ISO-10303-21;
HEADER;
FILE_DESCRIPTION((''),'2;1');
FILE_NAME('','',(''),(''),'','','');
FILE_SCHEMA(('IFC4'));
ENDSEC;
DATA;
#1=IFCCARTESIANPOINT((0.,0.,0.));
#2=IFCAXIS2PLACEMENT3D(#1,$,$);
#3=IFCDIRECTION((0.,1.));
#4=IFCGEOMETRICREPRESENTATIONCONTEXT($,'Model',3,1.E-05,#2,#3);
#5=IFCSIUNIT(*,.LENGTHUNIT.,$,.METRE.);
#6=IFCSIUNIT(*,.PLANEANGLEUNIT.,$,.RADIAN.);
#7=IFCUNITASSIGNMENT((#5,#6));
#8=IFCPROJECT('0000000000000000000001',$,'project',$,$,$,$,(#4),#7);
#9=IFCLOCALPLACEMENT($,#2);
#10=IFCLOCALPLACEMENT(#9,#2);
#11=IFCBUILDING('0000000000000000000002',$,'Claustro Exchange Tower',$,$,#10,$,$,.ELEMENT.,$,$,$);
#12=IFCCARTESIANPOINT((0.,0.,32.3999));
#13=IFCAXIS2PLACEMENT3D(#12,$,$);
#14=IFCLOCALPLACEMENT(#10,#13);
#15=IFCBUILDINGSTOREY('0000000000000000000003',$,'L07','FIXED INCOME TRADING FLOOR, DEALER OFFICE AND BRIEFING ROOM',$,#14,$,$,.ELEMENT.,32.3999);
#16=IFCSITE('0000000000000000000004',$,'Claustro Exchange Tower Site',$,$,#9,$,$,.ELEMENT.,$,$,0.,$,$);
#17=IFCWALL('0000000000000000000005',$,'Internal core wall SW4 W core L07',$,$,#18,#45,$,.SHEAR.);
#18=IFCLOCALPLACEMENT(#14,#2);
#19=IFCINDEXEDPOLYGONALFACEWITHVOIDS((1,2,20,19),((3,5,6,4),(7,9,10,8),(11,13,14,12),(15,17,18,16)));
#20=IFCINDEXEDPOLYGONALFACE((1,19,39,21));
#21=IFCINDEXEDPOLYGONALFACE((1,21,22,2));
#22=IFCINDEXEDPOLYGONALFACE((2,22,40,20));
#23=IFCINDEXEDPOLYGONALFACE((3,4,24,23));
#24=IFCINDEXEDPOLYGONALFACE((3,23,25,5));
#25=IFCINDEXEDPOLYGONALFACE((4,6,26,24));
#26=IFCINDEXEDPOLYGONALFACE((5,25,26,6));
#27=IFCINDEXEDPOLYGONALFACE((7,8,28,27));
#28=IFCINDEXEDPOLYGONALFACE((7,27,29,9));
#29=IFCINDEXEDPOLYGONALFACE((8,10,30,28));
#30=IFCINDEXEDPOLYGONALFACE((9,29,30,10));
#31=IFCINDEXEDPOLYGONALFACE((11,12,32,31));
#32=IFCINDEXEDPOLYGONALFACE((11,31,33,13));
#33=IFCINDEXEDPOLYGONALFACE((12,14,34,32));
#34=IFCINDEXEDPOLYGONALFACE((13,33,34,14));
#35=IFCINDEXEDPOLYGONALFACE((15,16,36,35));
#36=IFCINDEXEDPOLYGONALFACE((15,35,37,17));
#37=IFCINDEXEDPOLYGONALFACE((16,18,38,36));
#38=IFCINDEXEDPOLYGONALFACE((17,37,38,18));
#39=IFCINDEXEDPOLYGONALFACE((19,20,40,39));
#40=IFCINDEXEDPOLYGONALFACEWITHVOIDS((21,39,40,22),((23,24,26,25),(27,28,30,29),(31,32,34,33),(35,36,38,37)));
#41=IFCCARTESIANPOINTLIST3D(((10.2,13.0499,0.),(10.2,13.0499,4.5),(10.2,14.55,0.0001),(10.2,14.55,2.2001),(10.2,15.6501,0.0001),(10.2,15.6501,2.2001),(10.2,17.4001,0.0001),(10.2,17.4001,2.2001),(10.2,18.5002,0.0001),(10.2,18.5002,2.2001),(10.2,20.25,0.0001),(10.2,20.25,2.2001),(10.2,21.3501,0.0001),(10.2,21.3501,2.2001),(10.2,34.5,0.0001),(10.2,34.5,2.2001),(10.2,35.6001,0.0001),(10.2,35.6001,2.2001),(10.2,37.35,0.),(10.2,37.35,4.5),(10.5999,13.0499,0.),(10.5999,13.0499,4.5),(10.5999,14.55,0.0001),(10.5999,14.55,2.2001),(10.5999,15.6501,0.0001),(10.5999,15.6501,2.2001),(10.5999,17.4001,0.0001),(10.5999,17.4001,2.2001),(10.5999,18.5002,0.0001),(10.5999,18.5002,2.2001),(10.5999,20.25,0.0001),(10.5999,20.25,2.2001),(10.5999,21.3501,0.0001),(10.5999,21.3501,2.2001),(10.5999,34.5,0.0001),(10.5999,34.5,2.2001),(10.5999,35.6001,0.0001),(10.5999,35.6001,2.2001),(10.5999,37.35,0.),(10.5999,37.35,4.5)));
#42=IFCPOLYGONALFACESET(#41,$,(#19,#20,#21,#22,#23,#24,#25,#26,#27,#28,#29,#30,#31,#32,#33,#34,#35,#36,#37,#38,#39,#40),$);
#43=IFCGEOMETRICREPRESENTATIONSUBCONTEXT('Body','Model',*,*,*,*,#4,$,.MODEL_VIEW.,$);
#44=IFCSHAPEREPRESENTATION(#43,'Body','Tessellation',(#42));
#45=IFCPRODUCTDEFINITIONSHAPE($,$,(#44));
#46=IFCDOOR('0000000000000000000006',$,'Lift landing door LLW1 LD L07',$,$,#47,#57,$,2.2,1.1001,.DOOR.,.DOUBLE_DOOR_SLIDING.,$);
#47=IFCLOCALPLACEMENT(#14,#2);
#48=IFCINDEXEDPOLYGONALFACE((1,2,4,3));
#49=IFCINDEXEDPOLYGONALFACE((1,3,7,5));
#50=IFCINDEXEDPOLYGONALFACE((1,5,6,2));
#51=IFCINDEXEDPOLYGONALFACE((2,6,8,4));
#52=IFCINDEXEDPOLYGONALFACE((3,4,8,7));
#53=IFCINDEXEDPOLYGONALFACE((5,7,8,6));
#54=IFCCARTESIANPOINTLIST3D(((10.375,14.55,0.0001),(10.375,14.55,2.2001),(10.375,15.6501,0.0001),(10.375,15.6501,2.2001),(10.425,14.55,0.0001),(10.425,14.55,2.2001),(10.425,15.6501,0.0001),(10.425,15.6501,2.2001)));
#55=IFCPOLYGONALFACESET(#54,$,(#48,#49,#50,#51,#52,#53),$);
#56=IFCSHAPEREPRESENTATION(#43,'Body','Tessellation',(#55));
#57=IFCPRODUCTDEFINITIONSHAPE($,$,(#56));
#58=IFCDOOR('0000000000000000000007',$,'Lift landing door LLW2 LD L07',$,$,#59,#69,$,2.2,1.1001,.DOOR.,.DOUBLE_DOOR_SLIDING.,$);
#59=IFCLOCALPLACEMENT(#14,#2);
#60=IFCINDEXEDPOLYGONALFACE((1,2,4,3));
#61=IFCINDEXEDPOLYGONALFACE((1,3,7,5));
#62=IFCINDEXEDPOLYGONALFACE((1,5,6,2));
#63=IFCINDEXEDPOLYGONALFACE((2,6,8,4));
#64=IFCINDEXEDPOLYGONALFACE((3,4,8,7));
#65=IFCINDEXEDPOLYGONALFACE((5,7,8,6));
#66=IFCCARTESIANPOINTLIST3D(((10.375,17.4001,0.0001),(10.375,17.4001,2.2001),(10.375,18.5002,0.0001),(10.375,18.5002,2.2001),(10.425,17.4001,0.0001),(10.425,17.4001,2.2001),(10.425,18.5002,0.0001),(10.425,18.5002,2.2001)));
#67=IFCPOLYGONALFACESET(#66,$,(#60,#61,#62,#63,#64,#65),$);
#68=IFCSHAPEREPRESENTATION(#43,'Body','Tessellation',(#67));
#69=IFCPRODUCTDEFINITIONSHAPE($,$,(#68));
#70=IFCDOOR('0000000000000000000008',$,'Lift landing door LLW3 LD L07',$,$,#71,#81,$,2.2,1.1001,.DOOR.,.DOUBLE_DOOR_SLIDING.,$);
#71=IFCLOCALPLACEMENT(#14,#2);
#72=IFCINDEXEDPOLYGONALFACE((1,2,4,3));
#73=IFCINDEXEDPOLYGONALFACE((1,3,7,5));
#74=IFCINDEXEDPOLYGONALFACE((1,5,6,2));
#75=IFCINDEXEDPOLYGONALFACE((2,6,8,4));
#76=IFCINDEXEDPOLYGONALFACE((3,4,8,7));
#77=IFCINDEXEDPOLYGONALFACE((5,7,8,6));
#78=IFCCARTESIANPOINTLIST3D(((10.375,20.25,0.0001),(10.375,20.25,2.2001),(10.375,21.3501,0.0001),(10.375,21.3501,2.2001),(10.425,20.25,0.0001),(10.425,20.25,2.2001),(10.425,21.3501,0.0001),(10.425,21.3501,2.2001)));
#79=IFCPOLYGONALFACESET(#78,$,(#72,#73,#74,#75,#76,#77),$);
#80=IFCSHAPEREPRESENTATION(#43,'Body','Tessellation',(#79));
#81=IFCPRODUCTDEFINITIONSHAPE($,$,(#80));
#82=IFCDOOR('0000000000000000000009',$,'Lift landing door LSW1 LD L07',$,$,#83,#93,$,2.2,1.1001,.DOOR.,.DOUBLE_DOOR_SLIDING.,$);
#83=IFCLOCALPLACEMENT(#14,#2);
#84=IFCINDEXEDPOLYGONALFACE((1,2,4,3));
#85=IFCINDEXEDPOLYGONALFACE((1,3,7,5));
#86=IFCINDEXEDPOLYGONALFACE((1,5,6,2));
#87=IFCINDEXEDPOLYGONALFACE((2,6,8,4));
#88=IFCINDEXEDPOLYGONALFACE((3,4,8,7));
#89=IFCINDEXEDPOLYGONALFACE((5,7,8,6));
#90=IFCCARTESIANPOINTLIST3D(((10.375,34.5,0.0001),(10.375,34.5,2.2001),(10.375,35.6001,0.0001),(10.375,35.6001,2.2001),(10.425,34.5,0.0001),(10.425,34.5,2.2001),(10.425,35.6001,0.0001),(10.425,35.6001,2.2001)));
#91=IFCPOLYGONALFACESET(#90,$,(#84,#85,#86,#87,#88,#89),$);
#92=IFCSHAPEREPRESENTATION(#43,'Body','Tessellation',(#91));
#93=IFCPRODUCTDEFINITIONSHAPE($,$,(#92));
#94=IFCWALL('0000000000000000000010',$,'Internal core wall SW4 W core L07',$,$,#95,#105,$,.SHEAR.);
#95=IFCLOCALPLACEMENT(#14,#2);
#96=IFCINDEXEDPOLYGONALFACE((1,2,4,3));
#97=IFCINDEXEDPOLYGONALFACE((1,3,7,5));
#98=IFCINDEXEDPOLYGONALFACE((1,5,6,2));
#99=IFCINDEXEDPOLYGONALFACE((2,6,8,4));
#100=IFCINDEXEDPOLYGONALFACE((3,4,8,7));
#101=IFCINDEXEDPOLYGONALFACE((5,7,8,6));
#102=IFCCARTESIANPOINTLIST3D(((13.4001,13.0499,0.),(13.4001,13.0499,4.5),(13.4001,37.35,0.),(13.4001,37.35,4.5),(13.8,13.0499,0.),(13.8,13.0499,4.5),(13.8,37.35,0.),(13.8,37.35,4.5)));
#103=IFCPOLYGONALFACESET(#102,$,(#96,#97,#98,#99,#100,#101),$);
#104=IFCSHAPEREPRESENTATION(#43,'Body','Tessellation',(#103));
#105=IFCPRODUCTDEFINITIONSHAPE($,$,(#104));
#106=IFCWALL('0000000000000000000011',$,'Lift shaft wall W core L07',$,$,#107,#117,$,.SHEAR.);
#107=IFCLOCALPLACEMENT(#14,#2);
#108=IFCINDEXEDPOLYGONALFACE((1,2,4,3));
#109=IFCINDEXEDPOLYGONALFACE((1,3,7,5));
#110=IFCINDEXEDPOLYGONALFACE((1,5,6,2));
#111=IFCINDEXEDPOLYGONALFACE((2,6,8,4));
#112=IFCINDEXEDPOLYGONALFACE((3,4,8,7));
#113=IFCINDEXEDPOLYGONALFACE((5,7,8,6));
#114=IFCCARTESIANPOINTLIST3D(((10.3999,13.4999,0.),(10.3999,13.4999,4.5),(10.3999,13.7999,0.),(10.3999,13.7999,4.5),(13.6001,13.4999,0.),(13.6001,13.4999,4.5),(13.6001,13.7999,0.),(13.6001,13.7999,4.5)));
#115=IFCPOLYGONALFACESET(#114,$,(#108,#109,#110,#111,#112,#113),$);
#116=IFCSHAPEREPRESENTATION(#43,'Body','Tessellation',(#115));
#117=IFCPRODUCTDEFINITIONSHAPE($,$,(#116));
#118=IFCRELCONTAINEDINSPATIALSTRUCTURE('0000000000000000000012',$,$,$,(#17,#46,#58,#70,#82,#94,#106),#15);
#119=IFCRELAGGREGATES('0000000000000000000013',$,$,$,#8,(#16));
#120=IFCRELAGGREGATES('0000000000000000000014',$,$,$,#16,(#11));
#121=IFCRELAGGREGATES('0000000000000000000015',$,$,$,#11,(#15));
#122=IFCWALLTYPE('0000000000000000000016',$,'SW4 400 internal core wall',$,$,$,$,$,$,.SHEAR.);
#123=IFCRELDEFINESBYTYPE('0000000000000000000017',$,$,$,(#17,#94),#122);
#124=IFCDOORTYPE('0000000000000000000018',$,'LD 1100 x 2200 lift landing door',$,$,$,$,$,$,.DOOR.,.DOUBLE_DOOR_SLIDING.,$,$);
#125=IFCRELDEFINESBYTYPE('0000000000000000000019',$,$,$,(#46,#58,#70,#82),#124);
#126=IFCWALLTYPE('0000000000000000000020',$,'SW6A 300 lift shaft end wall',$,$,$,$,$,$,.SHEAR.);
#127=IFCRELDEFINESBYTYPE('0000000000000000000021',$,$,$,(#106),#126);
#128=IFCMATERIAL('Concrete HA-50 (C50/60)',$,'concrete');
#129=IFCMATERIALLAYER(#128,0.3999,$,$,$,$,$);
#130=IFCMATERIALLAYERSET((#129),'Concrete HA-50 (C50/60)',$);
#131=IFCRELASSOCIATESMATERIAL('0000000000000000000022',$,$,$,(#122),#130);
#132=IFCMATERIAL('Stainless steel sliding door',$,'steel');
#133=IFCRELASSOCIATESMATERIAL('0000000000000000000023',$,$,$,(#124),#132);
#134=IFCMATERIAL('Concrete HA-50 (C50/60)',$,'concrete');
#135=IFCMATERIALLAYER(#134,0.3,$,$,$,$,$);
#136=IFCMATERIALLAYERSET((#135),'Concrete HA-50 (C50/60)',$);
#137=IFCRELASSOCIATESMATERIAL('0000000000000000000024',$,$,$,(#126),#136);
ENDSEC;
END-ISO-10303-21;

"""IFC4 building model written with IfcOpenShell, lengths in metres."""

from ifc_helpers import new_model, si_unit, direction, frame, frame_2d, origin, place, context, subcontext, project, spatial, rectangle, extrude, material, layer, layer_set, type_object, element, fill, save


model = new_model("IFC4")

# Units and contexts
model_context = context("Model", 3, precision=1e-05, world=origin(), true_north=direction((0.0, 1.0)))
body_context = subcontext(model_context, "Body", "Model", "MODEL_VIEW")
ifc_project = project(units=[si_unit("LENGTHUNIT", "METRE"), si_unit("PLANEANGLEUNIT", "RADIAN")], contexts=[model_context])

# Site, building, storey
site_placement = place(None, origin())
site = spatial("IfcSite", under=ifc_project, at=site_placement, Name="Claustro Exchange Tower Site", CompositionType="ELEMENT", RefElevation=0.0)
building_placement = place(site_placement, origin())
building = spatial("IfcBuilding", under=site, at=building_placement, Name="Claustro Exchange Tower", CompositionType="ELEMENT")
storey_placement = place(building_placement, frame((0.0, 0.0, 32.3999)))
storey = spatial("IfcBuildingStorey", under=building, at=storey_placement, Name="L07", Description="FIXED INCOME TRADING FLOOR, DEALER OFFICE AND BRIEFING ROOM", CompositionType="ELEMENT", Elevation=32.3999)

# Wall, openings, doors
ifc_material_1 = material(Name="Concrete HA-50 (C50/60)", Category="concrete")
ifc_layer_1 = layer(ifc_material_1, 0.3999)
ifc_layer_set_1 = layer_set([ifc_layer_1], Name="Concrete HA-50 (C50/60)")
wall_type_1 = type_object("IfcWallType", Name="SW4 400 internal core wall", PredefinedType="SHEAR", material=ifc_layer_set_1)
wall_1_placement = place(storey_placement, frame((10.3999, 13.05, 0.0), z_axis=(0.0, 0.0, 1.0), x_axis=(0.0, 1.0, 0.0)))
wall_1 = element("IfcWall", 1, at=wall_1_placement, inside=storey, type_object=wall_type_1, Name="Internal core wall SW4 W core L07", PredefinedType="SHEAR", context=body_context, shape_type="SweptSolid", body=[
    extrude(rectangle(XDim=24.3, YDim=0.3999, at=frame_2d((12.1499, 0.0))), origin(), (0.0, 0.0, 1.0), 4.5),
])
opening_1_placement = place(wall_1_placement, frame((1.5, 0.0, 0.0)))
opening_1 = element("IfcOpeningElement", 2, at=opening_1_placement, cuts=wall_1, PredefinedType="OPENING", context=body_context, shape_type="SweptSolid", body=[
    extrude(rectangle(XDim=1.1001, YDim=2.2, at=frame_2d((0.55, 1.1001))), frame((0.0, 0.21, 0.0), z_axis=(0.0, -1.0, 0.0), x_axis=(1.0, 0.0, 0.0)), (0.0, 0.0, 1.0), 0.4199),
])
opening_2_placement = place(wall_1_placement, frame((4.3501, 0.0, 0.0)))
opening_2 = element("IfcOpeningElement", 3, at=opening_2_placement, cuts=wall_1, PredefinedType="OPENING", context=body_context, shape_type="SweptSolid", body=[
    extrude(rectangle(XDim=1.1001, YDim=2.2, at=frame_2d((0.55, 1.1001))), frame((0.0, 0.21, 0.0), z_axis=(0.0, -1.0, 0.0), x_axis=(1.0, 0.0, 0.0)), (0.0, 0.0, 1.0), 0.4199),
])
opening_3_placement = place(wall_1_placement, frame((7.2, 0.0, 0.0)))
opening_3 = element("IfcOpeningElement", 4, at=opening_3_placement, cuts=wall_1, PredefinedType="OPENING", context=body_context, shape_type="SweptSolid", body=[
    extrude(rectangle(XDim=1.1001, YDim=2.2, at=frame_2d((0.55, 1.1001))), frame((0.0, 0.21, 0.0), z_axis=(0.0, -1.0, 0.0), x_axis=(1.0, 0.0, 0.0)), (0.0, 0.0, 1.0), 0.4199),
])
opening_4_placement = place(wall_1_placement, frame((21.45, 0.0, 0.0)))
opening_4 = element("IfcOpeningElement", 5, at=opening_4_placement, cuts=wall_1, PredefinedType="OPENING", context=body_context, shape_type="SweptSolid", body=[
    extrude(rectangle(XDim=1.1001, YDim=2.2, at=frame_2d((0.55, 1.1001))), frame((0.0, 0.21, 0.0), z_axis=(0.0, -1.0, 0.0), x_axis=(1.0, 0.0, 0.0)), (0.0, 0.0, 1.0), 0.4199),
])
ifc_material_2 = material(Name="Stainless steel sliding door", Category="steel")
door_type_1 = type_object("IfcDoorType", Name="LD 1100 x 2200 lift landing door", OperationType="DOUBLE_DOOR_SLIDING", PredefinedType="DOOR", material=ifc_material_2)
door_1_placement = place(opening_1_placement, origin())
door_1 = element("IfcDoor", 6, at=door_1_placement, inside=storey, type_object=door_type_1, Name="Lift landing door LLW1 LD L07", OperationType="DOUBLE_DOOR_SLIDING", OverallHeight=2.2, OverallWidth=1.1001, PredefinedType="DOOR", context=body_context, shape_type="SweptSolid", body=[
    extrude(rectangle(XDim=1.1001, YDim=2.2, at=frame_2d((0.55, 1.1001))), frame((0.0, 0.0249, 0.0), z_axis=(0.0, -1.0, 0.0), x_axis=(1.0, 0.0, 0.0)), (0.0, 0.0, 1.0), 0.05),
])
fill(opening_1, door_1)
door_2_placement = place(opening_2_placement, origin())
door_2 = element("IfcDoor", 7, at=door_2_placement, inside=storey, type_object=door_type_1, Name="Lift landing door LLW2 LD L07", OperationType="DOUBLE_DOOR_SLIDING", OverallHeight=2.2, OverallWidth=1.1001, PredefinedType="DOOR", context=body_context, shape_type="SweptSolid", body=[
    extrude(rectangle(XDim=1.1001, YDim=2.2, at=frame_2d((0.55, 1.1001))), frame((0.0, 0.0249, 0.0), z_axis=(0.0, -1.0, 0.0), x_axis=(1.0, 0.0, 0.0)), (0.0, 0.0, 1.0), 0.05),
])
fill(opening_2, door_2)
door_3_placement = place(opening_3_placement, origin())
door_3 = element("IfcDoor", 8, at=door_3_placement, inside=storey, type_object=door_type_1, Name="Lift landing door LLW3 LD L07", OperationType="DOUBLE_DOOR_SLIDING", OverallHeight=2.2, OverallWidth=1.1001, PredefinedType="DOOR", context=body_context, shape_type="SweptSolid", body=[
    extrude(rectangle(XDim=1.1001, YDim=2.2, at=frame_2d((0.55, 1.1001))), frame((0.0, 0.0249, 0.0), z_axis=(0.0, -1.0, 0.0), x_axis=(1.0, 0.0, 0.0)), (0.0, 0.0, 1.0), 0.05),
])
fill(opening_3, door_3)
door_4_placement = place(opening_4_placement, origin())
door_4 = element("IfcDoor", 9, at=door_4_placement, inside=storey, type_object=door_type_1, Name="Lift landing door LSW1 LD L07", OperationType="DOUBLE_DOOR_SLIDING", OverallHeight=2.2, OverallWidth=1.1001, PredefinedType="DOOR", context=body_context, shape_type="SweptSolid", body=[
    extrude(rectangle(XDim=1.1001, YDim=2.2, at=frame_2d((0.55, 1.1001))), frame((0.0, 0.0249, 0.0), z_axis=(0.0, -1.0, 0.0), x_axis=(1.0, 0.0, 0.0)), (0.0, 0.0, 1.0), 0.05),
])
fill(opening_4, door_4)

# Walls
wall_2_placement = place(storey_placement, frame((13.6001, 13.05, 0.0), z_axis=(0.0, 0.0, 1.0), x_axis=(0.0, 1.0, 0.0)))
element("IfcWall", 10, at=wall_2_placement, inside=storey, type_object=wall_type_1, Name="Internal core wall SW4 W core L07", PredefinedType="SHEAR", context=body_context, shape_type="SweptSolid", body=[
    extrude(rectangle(XDim=24.3, YDim=0.3999, at=frame_2d((12.1499, 0.0))), origin(), (0.0, 0.0, 1.0), 4.5),
])
ifc_material_3 = material(Name="Concrete HA-50 (C50/60)", Category="concrete")
ifc_layer_2 = layer(ifc_material_3, 0.3)
ifc_layer_set_2 = layer_set([ifc_layer_2], Name="Concrete HA-50 (C50/60)")
wall_type_2 = type_object("IfcWallType", Name="SW6A 300 lift shaft end wall", PredefinedType="SHEAR", material=ifc_layer_set_2)
wall_3_placement = place(storey_placement, frame((10.3999, 13.6499, 0.0), z_axis=(0.0, 0.0, 1.0), x_axis=(1.0, 0.0, 0.0)))
element("IfcWall", 11, at=wall_3_placement, inside=storey, type_object=wall_type_2, Name="Lift shaft wall W core L07", PredefinedType="SHEAR", context=body_context, shape_type="SweptSolid", body=[
    extrude(rectangle(XDim=3.2002, YDim=0.3, at=frame_2d((1.6001, 0.0))), origin(), (0.0, 0.0, 1.0), 4.5),
])

save(model, "model.ifc")
